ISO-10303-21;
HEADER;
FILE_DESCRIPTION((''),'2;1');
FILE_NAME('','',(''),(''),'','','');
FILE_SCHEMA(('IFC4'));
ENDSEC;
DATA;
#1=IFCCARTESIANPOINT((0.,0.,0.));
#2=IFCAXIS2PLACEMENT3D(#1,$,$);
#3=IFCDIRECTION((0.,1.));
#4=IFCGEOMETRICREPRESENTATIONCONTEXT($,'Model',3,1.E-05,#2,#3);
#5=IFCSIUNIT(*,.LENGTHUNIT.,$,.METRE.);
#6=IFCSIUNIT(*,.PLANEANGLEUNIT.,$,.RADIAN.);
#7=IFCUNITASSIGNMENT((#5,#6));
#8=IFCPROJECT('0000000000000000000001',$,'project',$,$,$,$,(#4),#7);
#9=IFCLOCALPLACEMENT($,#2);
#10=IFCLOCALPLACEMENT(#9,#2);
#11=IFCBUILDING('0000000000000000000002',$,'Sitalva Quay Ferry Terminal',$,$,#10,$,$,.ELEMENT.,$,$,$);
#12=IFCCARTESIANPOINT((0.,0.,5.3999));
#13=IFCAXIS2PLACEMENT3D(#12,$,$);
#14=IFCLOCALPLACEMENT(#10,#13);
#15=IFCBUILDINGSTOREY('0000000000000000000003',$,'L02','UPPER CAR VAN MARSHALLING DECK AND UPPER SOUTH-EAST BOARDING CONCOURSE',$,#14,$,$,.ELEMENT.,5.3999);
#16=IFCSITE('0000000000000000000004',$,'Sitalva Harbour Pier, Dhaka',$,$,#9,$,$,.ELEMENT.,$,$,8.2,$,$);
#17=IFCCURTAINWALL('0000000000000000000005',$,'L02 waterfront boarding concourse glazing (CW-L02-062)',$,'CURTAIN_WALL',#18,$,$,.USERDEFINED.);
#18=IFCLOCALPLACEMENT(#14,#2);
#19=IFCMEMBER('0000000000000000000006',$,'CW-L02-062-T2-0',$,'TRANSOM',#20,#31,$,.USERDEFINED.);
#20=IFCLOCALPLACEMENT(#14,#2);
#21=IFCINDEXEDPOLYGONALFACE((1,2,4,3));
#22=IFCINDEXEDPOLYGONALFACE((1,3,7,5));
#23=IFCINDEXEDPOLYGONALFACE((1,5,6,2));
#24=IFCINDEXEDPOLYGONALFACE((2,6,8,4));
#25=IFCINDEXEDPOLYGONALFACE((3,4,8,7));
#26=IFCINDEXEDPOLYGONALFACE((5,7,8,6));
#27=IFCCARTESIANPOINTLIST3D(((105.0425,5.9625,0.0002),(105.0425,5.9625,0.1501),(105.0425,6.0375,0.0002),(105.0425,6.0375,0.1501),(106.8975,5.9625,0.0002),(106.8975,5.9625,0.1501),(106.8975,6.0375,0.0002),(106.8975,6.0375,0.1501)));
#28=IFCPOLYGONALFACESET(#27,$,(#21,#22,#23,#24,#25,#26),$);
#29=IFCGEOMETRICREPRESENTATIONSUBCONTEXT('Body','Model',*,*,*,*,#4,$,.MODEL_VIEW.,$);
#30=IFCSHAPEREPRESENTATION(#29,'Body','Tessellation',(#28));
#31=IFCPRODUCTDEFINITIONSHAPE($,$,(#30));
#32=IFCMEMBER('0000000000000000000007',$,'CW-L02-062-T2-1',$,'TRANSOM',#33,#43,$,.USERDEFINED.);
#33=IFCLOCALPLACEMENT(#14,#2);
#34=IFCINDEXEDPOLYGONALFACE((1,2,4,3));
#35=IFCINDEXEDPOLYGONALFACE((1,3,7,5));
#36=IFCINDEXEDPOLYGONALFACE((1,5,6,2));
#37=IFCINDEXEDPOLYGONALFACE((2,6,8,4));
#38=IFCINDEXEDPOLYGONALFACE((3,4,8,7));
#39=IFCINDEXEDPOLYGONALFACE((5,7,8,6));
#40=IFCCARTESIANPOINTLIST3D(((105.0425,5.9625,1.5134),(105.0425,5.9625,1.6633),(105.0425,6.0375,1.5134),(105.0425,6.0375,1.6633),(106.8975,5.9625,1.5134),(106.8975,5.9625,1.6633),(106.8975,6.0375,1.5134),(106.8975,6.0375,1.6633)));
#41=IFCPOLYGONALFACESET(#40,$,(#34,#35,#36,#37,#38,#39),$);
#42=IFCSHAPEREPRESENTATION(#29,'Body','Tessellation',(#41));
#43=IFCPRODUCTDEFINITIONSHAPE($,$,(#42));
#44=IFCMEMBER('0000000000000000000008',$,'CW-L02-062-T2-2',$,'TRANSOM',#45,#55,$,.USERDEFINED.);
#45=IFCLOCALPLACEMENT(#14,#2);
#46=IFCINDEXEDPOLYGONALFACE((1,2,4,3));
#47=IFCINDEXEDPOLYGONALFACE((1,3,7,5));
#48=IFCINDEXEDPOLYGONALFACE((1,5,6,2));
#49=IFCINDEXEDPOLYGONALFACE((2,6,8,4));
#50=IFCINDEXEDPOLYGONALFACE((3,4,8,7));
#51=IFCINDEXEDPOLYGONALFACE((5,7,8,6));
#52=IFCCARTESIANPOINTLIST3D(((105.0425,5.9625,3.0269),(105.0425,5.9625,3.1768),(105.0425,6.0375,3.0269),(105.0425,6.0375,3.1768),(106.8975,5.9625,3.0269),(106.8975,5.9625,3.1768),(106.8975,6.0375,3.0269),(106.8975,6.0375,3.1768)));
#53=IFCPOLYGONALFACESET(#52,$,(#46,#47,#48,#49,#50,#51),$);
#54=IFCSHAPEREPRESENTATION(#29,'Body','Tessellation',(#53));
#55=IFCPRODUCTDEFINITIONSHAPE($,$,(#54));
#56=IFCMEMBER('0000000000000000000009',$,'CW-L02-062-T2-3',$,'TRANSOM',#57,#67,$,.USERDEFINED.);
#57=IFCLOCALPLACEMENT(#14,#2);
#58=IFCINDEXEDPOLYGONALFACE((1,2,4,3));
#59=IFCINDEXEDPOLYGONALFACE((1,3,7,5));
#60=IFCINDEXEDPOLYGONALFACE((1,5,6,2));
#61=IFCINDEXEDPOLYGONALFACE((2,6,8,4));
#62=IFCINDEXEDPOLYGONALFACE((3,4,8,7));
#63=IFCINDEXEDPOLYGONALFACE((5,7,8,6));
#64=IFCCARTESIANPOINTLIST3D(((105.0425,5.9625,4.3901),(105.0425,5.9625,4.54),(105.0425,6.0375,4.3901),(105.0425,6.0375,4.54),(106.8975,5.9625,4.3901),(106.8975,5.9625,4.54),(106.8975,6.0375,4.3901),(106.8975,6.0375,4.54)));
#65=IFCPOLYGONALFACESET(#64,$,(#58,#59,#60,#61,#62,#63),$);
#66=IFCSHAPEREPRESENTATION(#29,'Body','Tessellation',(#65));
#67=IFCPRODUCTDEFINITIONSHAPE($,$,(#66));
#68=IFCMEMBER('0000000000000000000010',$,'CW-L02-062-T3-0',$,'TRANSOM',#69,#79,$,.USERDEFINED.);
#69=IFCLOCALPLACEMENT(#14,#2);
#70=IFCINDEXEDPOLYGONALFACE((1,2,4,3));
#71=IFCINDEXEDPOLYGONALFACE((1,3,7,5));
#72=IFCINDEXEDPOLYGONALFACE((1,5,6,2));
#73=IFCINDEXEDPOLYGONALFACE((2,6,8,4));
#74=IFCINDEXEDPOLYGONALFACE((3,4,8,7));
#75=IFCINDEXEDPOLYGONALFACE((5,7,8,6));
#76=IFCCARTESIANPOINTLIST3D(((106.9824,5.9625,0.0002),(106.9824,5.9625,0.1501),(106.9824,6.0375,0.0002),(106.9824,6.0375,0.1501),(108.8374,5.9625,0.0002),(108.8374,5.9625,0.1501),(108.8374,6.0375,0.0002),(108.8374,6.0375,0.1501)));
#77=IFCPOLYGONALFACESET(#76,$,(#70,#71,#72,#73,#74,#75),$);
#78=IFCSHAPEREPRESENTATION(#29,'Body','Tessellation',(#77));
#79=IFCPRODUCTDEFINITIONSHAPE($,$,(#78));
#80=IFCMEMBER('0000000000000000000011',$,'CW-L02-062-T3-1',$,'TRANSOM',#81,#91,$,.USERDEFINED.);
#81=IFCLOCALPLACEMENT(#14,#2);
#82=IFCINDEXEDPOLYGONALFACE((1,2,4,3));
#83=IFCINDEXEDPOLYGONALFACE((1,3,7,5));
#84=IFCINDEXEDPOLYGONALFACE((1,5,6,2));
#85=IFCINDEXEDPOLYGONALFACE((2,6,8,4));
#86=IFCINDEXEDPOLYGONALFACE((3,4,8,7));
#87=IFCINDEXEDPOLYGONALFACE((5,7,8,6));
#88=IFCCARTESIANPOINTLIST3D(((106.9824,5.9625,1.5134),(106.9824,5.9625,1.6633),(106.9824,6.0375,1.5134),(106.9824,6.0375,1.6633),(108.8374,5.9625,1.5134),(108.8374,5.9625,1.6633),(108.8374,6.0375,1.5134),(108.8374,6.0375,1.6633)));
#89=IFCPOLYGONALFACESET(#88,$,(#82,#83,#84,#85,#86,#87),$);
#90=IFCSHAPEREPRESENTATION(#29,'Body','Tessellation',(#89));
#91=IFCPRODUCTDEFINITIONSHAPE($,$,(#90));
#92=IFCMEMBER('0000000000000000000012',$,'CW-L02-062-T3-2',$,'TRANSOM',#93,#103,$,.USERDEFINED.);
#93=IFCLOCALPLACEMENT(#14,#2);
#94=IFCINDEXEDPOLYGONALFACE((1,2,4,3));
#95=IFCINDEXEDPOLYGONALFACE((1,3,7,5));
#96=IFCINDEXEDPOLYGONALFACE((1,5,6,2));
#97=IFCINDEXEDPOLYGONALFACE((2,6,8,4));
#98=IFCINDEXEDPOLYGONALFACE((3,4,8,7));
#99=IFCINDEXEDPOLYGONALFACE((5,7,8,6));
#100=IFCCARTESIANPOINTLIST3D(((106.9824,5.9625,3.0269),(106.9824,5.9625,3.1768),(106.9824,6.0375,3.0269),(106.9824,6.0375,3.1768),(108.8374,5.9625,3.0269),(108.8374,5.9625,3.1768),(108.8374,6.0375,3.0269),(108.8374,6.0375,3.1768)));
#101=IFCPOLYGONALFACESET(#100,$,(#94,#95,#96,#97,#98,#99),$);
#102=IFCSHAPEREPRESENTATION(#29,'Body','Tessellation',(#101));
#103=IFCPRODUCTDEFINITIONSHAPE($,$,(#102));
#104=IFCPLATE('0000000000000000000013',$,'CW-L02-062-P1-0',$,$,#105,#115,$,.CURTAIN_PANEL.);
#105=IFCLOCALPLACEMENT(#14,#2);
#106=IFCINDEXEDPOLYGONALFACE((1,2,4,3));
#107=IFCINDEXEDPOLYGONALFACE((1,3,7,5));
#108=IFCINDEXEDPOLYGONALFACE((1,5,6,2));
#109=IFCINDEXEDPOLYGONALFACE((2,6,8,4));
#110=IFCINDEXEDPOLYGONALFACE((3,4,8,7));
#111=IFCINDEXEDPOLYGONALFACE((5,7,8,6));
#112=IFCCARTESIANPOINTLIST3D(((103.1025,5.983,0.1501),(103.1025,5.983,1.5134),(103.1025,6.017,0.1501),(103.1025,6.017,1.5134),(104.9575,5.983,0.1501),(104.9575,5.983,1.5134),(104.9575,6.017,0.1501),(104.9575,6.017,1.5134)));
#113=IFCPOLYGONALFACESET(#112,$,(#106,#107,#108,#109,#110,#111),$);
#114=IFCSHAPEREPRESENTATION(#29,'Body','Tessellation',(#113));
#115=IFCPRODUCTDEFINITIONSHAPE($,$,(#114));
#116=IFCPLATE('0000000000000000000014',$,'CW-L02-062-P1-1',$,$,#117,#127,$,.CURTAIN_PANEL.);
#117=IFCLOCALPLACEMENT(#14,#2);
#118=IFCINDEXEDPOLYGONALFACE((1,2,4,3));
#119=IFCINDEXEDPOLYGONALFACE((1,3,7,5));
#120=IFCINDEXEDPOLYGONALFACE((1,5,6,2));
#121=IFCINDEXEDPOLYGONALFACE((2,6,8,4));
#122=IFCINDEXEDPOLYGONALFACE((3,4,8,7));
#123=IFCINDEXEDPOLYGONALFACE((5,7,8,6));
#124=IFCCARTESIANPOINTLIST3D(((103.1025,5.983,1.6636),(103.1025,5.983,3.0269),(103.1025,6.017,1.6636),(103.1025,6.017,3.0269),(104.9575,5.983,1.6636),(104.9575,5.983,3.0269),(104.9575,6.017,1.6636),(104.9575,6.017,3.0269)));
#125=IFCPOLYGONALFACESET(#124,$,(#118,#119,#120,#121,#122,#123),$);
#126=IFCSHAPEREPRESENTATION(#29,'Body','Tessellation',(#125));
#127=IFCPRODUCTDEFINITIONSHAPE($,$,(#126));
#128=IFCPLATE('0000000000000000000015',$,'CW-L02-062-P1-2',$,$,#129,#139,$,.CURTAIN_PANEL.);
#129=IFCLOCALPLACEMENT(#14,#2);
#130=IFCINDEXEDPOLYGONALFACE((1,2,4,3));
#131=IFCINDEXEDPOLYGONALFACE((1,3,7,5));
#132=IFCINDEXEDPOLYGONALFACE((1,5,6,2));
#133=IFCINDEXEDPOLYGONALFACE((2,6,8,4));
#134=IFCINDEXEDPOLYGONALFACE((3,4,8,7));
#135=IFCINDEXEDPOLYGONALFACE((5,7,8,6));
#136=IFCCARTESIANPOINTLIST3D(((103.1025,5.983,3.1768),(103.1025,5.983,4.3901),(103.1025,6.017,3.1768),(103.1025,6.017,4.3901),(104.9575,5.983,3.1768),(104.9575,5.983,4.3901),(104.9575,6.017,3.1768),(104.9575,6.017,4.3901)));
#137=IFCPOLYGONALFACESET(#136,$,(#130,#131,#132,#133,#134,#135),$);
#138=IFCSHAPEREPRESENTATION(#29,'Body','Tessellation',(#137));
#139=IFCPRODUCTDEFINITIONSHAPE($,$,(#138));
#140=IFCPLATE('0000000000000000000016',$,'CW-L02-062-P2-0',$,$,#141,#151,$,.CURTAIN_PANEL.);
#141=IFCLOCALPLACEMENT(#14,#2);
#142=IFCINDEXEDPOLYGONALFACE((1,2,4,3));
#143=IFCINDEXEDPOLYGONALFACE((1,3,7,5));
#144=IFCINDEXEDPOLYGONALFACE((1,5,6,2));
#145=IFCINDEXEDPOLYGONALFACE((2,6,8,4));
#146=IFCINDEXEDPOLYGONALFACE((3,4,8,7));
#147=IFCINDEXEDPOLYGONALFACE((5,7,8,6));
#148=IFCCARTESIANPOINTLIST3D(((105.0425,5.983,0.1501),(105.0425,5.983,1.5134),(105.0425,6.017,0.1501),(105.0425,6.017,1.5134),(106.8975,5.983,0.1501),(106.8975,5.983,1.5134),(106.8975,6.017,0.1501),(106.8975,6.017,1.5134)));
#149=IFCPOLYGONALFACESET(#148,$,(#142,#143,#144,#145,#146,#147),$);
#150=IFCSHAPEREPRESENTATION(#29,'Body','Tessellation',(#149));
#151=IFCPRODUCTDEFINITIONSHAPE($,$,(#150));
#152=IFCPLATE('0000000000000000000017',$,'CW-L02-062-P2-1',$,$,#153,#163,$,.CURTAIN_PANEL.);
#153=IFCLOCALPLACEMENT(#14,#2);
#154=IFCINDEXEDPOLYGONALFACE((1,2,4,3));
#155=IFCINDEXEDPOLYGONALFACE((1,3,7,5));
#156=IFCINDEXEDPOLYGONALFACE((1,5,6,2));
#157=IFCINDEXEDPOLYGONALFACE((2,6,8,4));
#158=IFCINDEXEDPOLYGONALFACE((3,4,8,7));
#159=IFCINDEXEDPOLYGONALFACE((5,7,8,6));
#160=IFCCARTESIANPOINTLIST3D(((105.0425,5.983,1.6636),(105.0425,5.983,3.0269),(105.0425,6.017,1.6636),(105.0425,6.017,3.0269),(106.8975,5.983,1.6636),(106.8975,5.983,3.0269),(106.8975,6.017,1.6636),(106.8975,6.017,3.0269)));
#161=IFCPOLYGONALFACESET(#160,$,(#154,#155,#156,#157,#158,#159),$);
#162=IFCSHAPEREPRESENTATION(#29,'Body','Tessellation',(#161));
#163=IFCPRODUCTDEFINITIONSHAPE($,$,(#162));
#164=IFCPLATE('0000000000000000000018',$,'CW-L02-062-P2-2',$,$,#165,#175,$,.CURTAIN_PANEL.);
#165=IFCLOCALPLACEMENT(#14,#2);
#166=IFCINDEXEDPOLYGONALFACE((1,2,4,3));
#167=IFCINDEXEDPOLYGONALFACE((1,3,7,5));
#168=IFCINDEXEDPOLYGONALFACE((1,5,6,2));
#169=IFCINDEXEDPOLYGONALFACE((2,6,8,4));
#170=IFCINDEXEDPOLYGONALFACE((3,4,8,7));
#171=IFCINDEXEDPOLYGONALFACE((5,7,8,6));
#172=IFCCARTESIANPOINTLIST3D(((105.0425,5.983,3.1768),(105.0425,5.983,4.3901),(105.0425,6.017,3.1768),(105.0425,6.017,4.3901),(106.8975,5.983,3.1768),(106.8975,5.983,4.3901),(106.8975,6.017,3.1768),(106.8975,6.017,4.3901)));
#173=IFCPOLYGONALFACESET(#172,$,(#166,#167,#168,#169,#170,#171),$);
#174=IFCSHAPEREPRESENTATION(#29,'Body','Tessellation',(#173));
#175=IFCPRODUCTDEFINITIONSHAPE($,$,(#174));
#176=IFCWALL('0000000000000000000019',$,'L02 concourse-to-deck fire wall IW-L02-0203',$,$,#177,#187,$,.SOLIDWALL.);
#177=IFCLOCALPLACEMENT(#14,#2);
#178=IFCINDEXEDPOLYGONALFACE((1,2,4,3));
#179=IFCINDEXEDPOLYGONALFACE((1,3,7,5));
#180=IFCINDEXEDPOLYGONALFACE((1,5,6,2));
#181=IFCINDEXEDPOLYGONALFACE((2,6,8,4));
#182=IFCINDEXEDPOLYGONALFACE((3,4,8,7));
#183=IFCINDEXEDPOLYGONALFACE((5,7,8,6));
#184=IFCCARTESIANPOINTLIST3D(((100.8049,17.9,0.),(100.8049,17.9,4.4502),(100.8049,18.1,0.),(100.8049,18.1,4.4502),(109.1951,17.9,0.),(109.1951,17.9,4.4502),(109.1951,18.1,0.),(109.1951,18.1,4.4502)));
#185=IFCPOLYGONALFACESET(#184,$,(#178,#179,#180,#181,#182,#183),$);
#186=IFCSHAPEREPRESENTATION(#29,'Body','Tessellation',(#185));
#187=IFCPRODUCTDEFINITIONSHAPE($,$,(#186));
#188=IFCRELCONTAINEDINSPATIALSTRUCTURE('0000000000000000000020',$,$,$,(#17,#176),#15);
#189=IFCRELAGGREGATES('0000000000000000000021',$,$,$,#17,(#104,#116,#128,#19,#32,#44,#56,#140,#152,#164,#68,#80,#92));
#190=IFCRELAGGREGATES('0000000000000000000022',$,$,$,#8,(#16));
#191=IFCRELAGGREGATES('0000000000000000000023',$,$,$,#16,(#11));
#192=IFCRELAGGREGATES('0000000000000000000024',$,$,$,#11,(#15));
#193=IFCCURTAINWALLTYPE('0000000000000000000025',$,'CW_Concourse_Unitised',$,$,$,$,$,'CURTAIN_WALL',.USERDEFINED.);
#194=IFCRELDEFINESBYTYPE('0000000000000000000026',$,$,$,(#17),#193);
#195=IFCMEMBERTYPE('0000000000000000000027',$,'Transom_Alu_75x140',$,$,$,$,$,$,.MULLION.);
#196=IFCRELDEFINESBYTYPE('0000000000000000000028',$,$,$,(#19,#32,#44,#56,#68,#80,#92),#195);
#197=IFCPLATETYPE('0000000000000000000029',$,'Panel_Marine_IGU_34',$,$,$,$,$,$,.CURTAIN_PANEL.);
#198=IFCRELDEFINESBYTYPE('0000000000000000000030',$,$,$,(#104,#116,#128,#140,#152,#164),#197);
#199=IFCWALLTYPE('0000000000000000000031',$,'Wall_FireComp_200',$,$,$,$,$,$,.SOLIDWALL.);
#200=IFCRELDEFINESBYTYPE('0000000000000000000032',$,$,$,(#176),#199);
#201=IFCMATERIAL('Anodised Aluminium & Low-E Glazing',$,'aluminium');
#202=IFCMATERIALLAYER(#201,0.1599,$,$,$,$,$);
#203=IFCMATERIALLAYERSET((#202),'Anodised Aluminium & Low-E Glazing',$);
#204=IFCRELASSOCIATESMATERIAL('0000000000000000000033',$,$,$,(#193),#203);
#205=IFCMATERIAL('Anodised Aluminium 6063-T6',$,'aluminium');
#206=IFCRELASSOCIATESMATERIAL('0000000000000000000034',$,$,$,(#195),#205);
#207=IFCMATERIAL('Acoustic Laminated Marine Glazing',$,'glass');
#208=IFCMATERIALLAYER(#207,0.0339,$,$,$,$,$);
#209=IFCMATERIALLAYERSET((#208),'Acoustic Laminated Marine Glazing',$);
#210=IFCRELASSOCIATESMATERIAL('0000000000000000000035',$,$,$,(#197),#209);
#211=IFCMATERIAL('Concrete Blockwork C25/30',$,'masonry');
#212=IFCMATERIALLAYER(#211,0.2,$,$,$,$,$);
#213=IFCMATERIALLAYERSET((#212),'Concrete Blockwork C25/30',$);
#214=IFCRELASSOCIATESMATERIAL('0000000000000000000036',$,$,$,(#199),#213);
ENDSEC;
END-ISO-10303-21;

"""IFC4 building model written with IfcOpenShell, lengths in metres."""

from ifc_helpers import new_model, si_unit, direction, frame, frame_2d, origin, origin_2d, place, context, subcontext, project, spatial, rectangle, extrude, material, layer, layer_set, material_profile, profile_set, type_object, element, aggregate, save


model = new_model("IFC4")

# Units and contexts
model_context = context("Model", 3, precision=1e-05, world=origin(), true_north=direction((0.0, 1.0)))
body_context = subcontext(model_context, "Body", "Model", "MODEL_VIEW")
ifc_project = project(units=[si_unit("LENGTHUNIT", "METRE"), si_unit("PLANEANGLEUNIT", "RADIAN")], contexts=[model_context])

# Site, building, storey
site_placement = place(None, origin())
site = spatial("IfcSite", under=ifc_project, at=site_placement, Name="Sitalva Harbour Pier, Dhaka", CompositionType="ELEMENT", RefElevation=8.2)
building_placement = place(site_placement, origin())
building = spatial("IfcBuilding", under=site, at=building_placement, Name="Sitalva Quay Ferry Terminal", CompositionType="ELEMENT")
storey_placement = place(building_placement, frame((0.0, 0.0, 5.3999)))
storey = spatial("IfcBuildingStorey", under=building, at=storey_placement, Name="L02", Description="UPPER CAR VAN MARSHALLING DECK AND UPPER SOUTH-EAST BOARDING CONCOURSE", CompositionType="ELEMENT", Elevation=5.3999)

# Curtain wall, members, plates
ifc_material_1 = material(Name="Anodised Aluminium & Low-E Glazing", Category="aluminium")
ifc_layer_1 = layer(ifc_material_1, 0.1599)
ifc_layer_set_1 = layer_set([ifc_layer_1], Name="Anodised Aluminium & Low-E Glazing")
curtain_wall_type = type_object("IfcCurtainWallType", Name="CW_Concourse_Unitised", ElementType="CURTAIN_WALL", PredefinedType="USERDEFINED", material=ifc_layer_set_1)
curtain_wall_placement = place(storey_placement, origin())
curtain_wall = element("IfcCurtainWall", 1, at=curtain_wall_placement, inside=storey, type_object=curtain_wall_type, Name="L02 waterfront boarding concourse glazing (CW-L02-062)", ObjectType="CURTAIN_WALL", PredefinedType="USERDEFINED")
ifc_material_2 = material(Name="Anodised Aluminium 6063-T6", Category="aluminium")
ifc_material_profile_1 = material_profile(ifc_material_2, rectangle(XDim=0.075, YDim=0.1499, at=origin_2d()), Name="ALU75x150")
ifc_profile_set_1 = profile_set([ifc_material_profile_1], Name="Anodised Aluminium 6063-T6")
member_type_1 = type_object("IfcMemberType", Name="Transom_Alu_75x140", PredefinedType="MULLION", material=ifc_profile_set_1)
member_1_placement = place(storey_placement, frame((105.0425, 6.0, 0.0752), z_axis=(1.0, 0.0, 0.0), x_axis=(0.0, 1.0, 0.0)))
member_1 = element("IfcMember", 2, at=member_1_placement, type_object=member_type_1, Name="CW-L02-062-T2-0", ObjectType="TRANSOM", PredefinedType="USERDEFINED", context=body_context, shape_type="SweptSolid", body=[
    extrude(rectangle(XDim=0.075, YDim=0.1499, at=origin_2d()), origin(), (0.0, 0.0, 1.0), 1.855),
])
member_2_placement = place(storey_placement, frame((105.0425, 6.0, 1.5884), z_axis=(1.0, 0.0, 0.0), x_axis=(0.0, 1.0, 0.0)))
member_2 = element("IfcMember", 3, at=member_2_placement, type_object=member_type_1, Name="CW-L02-062-T2-1", ObjectType="TRANSOM", PredefinedType="USERDEFINED", context=body_context, shape_type="SweptSolid", body=[
    extrude(rectangle(XDim=0.075, YDim=0.1499, at=origin_2d()), origin(), (0.0, 0.0, 1.0), 1.855),
])
member_3_placement = place(storey_placement, frame((105.0425, 6.0, 3.1018), z_axis=(1.0, 0.0, 0.0), x_axis=(0.0, 1.0, 0.0)))
member_3 = element("IfcMember", 4, at=member_3_placement, type_object=member_type_1, Name="CW-L02-062-T2-2", ObjectType="TRANSOM", PredefinedType="USERDEFINED", context=body_context, shape_type="SweptSolid", body=[
    extrude(rectangle(XDim=0.075, YDim=0.1499, at=origin_2d()), origin(), (0.0, 0.0, 1.0), 1.855),
])
member_4_placement = place(storey_placement, frame((105.0425, 6.0, 4.4651), z_axis=(1.0, 0.0, 0.0), x_axis=(0.0, 1.0, 0.0)))
member_4 = element("IfcMember", 5, at=member_4_placement, type_object=member_type_1, Name="CW-L02-062-T2-3", ObjectType="TRANSOM", PredefinedType="USERDEFINED", context=body_context, shape_type="SweptSolid", body=[
    extrude(rectangle(XDim=0.075, YDim=0.1499, at=origin_2d()), origin(), (0.0, 0.0, 1.0), 1.855),
])
member_5_placement = place(storey_placement, frame((106.9824, 6.0, 0.0752), z_axis=(1.0, 0.0, 0.0), x_axis=(0.0, 1.0, 0.0)))
member_5 = element("IfcMember", 6, at=member_5_placement, type_object=member_type_1, Name="CW-L02-062-T3-0", ObjectType="TRANSOM", PredefinedType="USERDEFINED", context=body_context, shape_type="SweptSolid", body=[
    extrude(rectangle(XDim=0.075, YDim=0.1499, at=origin_2d()), origin(), (0.0, 0.0, 1.0), 1.855),
])
member_6_placement = place(storey_placement, frame((106.9824, 6.0, 1.5884), z_axis=(1.0, 0.0, 0.0), x_axis=(0.0, 1.0, 0.0)))
member_6 = element("IfcMember", 7, at=member_6_placement, type_object=member_type_1, Name="CW-L02-062-T3-1", ObjectType="TRANSOM", PredefinedType="USERDEFINED", context=body_context, shape_type="SweptSolid", body=[
    extrude(rectangle(XDim=0.075, YDim=0.1499, at=origin_2d()), origin(), (0.0, 0.0, 1.0), 1.855),
])
member_7_placement = place(storey_placement, frame((106.9824, 6.0, 3.1018), z_axis=(1.0, 0.0, 0.0), x_axis=(0.0, 1.0, 0.0)))
member_7 = element("IfcMember", 8, at=member_7_placement, type_object=member_type_1, Name="CW-L02-062-T3-2", ObjectType="TRANSOM", PredefinedType="USERDEFINED", context=body_context, shape_type="SweptSolid", body=[
    extrude(rectangle(XDim=0.075, YDim=0.1499, at=origin_2d()), origin(), (0.0, 0.0, 1.0), 1.855),
])
ifc_material_3 = material(Name="Acoustic Laminated Marine Glazing", Category="glass")
ifc_layer_2 = layer(ifc_material_3, 0.0339)
ifc_layer_set_2 = layer_set([ifc_layer_2], Name="Acoustic Laminated Marine Glazing")
plate_type = type_object("IfcPlateType", Name="Panel_Marine_IGU_34", PredefinedType="CURTAIN_PANEL", material=ifc_layer_set_2)
plate_1_placement = place(storey_placement, frame((104.03, 6.0, 0.1501), z_axis=(0.0, 0.0, 1.0), x_axis=(1.0, 0.0, 0.0)))
plate_1 = element("IfcPlate", 9, at=plate_1_placement, type_object=plate_type, Name="CW-L02-062-P1-0", PredefinedType="CURTAIN_PANEL", context=body_context, shape_type="SweptSolid", body=[
    extrude(rectangle(XDim=1.855, YDim=0.0339, at=origin_2d()), origin(), (0.0, 0.0, 1.0), 1.3633),
])
plate_2_placement = place(storey_placement, frame((104.03, 6.0, 1.6636), z_axis=(0.0, 0.0, 1.0), x_axis=(1.0, 0.0, 0.0)))
plate_2 = element("IfcPlate", 10, at=plate_2_placement, type_object=plate_type, Name="CW-L02-062-P1-1", PredefinedType="CURTAIN_PANEL", context=body_context, shape_type="SweptSolid", body=[
    extrude(rectangle(XDim=1.855, YDim=0.0339, at=origin_2d()), origin(), (0.0, 0.0, 1.0), 1.3633),
])
plate_3_placement = place(storey_placement, frame((104.03, 6.0, 3.1768), z_axis=(0.0, 0.0, 1.0), x_axis=(1.0, 0.0, 0.0)))
plate_3 = element("IfcPlate", 11, at=plate_3_placement, type_object=plate_type, Name="CW-L02-062-P1-2", PredefinedType="CURTAIN_PANEL", context=body_context, shape_type="SweptSolid", body=[
    extrude(rectangle(XDim=1.855, YDim=0.0339, at=origin_2d()), origin(), (0.0, 0.0, 1.0), 1.2134),
])
plate_4_placement = place(storey_placement, frame((105.97, 6.0, 0.1501), z_axis=(0.0, 0.0, 1.0), x_axis=(1.0, 0.0, 0.0)))
plate_4 = element("IfcPlate", 12, at=plate_4_placement, type_object=plate_type, Name="CW-L02-062-P2-0", PredefinedType="CURTAIN_PANEL", context=body_context, shape_type="SweptSolid", body=[
    extrude(rectangle(XDim=1.855, YDim=0.0339, at=origin_2d()), origin(), (0.0, 0.0, 1.0), 1.3633),
])
plate_5_placement = place(storey_placement, frame((105.97, 6.0, 1.6636), z_axis=(0.0, 0.0, 1.0), x_axis=(1.0, 0.0, 0.0)))
plate_5 = element("IfcPlate", 13, at=plate_5_placement, type_object=plate_type, Name="CW-L02-062-P2-1", PredefinedType="CURTAIN_PANEL", context=body_context, shape_type="SweptSolid", body=[
    extrude(rectangle(XDim=1.855, YDim=0.0339, at=origin_2d()), origin(), (0.0, 0.0, 1.0), 1.3633),
])
plate_6_placement = place(storey_placement, frame((105.97, 6.0, 3.1768), z_axis=(0.0, 0.0, 1.0), x_axis=(1.0, 0.0, 0.0)))
plate_6 = element("IfcPlate", 14, at=plate_6_placement, type_object=plate_type, Name="CW-L02-062-P2-2", PredefinedType="CURTAIN_PANEL", context=body_context, shape_type="SweptSolid", body=[
    extrude(rectangle(XDim=1.855, YDim=0.0339, at=origin_2d()), origin(), (0.0, 0.0, 1.0), 1.2134),
])
aggregate(curtain_wall, [plate_1, plate_2, plate_3, member_1, member_2, member_3, member_4, plate_4, plate_5, plate_6, member_5, member_6, member_7])

# Wall
ifc_material_4 = material(Name="Concrete Blockwork C25/30", Category="masonry")
ifc_layer_3 = layer(ifc_material_4, 0.2)
ifc_layer_set_3 = layer_set([ifc_layer_3], Name="Concrete Blockwork C25/30")
wall_type = type_object("IfcWallType", Name="Wall_FireComp_200", PredefinedType="SOLIDWALL", material=ifc_layer_set_3)
wall_placement = place(storey_placement, frame((100.8049, 18.0, 0.0), z_axis=(0.0, 0.0, 1.0), x_axis=(1.0, 0.0, 0.0)))
element("IfcWall", 15, at=wall_placement, inside=storey, type_object=wall_type, Name="L02 concourse-to-deck fire wall IW-L02-0203", PredefinedType="SOLIDWALL", context=body_context, shape_type="SweptSolid", body=[
    extrude(rectangle(XDim=8.3901, YDim=0.2, at=frame_2d((4.1951, 0.0))), origin(), (0.0, 0.0, 1.0), 4.4502),
])

save(model, "model.ifc")
